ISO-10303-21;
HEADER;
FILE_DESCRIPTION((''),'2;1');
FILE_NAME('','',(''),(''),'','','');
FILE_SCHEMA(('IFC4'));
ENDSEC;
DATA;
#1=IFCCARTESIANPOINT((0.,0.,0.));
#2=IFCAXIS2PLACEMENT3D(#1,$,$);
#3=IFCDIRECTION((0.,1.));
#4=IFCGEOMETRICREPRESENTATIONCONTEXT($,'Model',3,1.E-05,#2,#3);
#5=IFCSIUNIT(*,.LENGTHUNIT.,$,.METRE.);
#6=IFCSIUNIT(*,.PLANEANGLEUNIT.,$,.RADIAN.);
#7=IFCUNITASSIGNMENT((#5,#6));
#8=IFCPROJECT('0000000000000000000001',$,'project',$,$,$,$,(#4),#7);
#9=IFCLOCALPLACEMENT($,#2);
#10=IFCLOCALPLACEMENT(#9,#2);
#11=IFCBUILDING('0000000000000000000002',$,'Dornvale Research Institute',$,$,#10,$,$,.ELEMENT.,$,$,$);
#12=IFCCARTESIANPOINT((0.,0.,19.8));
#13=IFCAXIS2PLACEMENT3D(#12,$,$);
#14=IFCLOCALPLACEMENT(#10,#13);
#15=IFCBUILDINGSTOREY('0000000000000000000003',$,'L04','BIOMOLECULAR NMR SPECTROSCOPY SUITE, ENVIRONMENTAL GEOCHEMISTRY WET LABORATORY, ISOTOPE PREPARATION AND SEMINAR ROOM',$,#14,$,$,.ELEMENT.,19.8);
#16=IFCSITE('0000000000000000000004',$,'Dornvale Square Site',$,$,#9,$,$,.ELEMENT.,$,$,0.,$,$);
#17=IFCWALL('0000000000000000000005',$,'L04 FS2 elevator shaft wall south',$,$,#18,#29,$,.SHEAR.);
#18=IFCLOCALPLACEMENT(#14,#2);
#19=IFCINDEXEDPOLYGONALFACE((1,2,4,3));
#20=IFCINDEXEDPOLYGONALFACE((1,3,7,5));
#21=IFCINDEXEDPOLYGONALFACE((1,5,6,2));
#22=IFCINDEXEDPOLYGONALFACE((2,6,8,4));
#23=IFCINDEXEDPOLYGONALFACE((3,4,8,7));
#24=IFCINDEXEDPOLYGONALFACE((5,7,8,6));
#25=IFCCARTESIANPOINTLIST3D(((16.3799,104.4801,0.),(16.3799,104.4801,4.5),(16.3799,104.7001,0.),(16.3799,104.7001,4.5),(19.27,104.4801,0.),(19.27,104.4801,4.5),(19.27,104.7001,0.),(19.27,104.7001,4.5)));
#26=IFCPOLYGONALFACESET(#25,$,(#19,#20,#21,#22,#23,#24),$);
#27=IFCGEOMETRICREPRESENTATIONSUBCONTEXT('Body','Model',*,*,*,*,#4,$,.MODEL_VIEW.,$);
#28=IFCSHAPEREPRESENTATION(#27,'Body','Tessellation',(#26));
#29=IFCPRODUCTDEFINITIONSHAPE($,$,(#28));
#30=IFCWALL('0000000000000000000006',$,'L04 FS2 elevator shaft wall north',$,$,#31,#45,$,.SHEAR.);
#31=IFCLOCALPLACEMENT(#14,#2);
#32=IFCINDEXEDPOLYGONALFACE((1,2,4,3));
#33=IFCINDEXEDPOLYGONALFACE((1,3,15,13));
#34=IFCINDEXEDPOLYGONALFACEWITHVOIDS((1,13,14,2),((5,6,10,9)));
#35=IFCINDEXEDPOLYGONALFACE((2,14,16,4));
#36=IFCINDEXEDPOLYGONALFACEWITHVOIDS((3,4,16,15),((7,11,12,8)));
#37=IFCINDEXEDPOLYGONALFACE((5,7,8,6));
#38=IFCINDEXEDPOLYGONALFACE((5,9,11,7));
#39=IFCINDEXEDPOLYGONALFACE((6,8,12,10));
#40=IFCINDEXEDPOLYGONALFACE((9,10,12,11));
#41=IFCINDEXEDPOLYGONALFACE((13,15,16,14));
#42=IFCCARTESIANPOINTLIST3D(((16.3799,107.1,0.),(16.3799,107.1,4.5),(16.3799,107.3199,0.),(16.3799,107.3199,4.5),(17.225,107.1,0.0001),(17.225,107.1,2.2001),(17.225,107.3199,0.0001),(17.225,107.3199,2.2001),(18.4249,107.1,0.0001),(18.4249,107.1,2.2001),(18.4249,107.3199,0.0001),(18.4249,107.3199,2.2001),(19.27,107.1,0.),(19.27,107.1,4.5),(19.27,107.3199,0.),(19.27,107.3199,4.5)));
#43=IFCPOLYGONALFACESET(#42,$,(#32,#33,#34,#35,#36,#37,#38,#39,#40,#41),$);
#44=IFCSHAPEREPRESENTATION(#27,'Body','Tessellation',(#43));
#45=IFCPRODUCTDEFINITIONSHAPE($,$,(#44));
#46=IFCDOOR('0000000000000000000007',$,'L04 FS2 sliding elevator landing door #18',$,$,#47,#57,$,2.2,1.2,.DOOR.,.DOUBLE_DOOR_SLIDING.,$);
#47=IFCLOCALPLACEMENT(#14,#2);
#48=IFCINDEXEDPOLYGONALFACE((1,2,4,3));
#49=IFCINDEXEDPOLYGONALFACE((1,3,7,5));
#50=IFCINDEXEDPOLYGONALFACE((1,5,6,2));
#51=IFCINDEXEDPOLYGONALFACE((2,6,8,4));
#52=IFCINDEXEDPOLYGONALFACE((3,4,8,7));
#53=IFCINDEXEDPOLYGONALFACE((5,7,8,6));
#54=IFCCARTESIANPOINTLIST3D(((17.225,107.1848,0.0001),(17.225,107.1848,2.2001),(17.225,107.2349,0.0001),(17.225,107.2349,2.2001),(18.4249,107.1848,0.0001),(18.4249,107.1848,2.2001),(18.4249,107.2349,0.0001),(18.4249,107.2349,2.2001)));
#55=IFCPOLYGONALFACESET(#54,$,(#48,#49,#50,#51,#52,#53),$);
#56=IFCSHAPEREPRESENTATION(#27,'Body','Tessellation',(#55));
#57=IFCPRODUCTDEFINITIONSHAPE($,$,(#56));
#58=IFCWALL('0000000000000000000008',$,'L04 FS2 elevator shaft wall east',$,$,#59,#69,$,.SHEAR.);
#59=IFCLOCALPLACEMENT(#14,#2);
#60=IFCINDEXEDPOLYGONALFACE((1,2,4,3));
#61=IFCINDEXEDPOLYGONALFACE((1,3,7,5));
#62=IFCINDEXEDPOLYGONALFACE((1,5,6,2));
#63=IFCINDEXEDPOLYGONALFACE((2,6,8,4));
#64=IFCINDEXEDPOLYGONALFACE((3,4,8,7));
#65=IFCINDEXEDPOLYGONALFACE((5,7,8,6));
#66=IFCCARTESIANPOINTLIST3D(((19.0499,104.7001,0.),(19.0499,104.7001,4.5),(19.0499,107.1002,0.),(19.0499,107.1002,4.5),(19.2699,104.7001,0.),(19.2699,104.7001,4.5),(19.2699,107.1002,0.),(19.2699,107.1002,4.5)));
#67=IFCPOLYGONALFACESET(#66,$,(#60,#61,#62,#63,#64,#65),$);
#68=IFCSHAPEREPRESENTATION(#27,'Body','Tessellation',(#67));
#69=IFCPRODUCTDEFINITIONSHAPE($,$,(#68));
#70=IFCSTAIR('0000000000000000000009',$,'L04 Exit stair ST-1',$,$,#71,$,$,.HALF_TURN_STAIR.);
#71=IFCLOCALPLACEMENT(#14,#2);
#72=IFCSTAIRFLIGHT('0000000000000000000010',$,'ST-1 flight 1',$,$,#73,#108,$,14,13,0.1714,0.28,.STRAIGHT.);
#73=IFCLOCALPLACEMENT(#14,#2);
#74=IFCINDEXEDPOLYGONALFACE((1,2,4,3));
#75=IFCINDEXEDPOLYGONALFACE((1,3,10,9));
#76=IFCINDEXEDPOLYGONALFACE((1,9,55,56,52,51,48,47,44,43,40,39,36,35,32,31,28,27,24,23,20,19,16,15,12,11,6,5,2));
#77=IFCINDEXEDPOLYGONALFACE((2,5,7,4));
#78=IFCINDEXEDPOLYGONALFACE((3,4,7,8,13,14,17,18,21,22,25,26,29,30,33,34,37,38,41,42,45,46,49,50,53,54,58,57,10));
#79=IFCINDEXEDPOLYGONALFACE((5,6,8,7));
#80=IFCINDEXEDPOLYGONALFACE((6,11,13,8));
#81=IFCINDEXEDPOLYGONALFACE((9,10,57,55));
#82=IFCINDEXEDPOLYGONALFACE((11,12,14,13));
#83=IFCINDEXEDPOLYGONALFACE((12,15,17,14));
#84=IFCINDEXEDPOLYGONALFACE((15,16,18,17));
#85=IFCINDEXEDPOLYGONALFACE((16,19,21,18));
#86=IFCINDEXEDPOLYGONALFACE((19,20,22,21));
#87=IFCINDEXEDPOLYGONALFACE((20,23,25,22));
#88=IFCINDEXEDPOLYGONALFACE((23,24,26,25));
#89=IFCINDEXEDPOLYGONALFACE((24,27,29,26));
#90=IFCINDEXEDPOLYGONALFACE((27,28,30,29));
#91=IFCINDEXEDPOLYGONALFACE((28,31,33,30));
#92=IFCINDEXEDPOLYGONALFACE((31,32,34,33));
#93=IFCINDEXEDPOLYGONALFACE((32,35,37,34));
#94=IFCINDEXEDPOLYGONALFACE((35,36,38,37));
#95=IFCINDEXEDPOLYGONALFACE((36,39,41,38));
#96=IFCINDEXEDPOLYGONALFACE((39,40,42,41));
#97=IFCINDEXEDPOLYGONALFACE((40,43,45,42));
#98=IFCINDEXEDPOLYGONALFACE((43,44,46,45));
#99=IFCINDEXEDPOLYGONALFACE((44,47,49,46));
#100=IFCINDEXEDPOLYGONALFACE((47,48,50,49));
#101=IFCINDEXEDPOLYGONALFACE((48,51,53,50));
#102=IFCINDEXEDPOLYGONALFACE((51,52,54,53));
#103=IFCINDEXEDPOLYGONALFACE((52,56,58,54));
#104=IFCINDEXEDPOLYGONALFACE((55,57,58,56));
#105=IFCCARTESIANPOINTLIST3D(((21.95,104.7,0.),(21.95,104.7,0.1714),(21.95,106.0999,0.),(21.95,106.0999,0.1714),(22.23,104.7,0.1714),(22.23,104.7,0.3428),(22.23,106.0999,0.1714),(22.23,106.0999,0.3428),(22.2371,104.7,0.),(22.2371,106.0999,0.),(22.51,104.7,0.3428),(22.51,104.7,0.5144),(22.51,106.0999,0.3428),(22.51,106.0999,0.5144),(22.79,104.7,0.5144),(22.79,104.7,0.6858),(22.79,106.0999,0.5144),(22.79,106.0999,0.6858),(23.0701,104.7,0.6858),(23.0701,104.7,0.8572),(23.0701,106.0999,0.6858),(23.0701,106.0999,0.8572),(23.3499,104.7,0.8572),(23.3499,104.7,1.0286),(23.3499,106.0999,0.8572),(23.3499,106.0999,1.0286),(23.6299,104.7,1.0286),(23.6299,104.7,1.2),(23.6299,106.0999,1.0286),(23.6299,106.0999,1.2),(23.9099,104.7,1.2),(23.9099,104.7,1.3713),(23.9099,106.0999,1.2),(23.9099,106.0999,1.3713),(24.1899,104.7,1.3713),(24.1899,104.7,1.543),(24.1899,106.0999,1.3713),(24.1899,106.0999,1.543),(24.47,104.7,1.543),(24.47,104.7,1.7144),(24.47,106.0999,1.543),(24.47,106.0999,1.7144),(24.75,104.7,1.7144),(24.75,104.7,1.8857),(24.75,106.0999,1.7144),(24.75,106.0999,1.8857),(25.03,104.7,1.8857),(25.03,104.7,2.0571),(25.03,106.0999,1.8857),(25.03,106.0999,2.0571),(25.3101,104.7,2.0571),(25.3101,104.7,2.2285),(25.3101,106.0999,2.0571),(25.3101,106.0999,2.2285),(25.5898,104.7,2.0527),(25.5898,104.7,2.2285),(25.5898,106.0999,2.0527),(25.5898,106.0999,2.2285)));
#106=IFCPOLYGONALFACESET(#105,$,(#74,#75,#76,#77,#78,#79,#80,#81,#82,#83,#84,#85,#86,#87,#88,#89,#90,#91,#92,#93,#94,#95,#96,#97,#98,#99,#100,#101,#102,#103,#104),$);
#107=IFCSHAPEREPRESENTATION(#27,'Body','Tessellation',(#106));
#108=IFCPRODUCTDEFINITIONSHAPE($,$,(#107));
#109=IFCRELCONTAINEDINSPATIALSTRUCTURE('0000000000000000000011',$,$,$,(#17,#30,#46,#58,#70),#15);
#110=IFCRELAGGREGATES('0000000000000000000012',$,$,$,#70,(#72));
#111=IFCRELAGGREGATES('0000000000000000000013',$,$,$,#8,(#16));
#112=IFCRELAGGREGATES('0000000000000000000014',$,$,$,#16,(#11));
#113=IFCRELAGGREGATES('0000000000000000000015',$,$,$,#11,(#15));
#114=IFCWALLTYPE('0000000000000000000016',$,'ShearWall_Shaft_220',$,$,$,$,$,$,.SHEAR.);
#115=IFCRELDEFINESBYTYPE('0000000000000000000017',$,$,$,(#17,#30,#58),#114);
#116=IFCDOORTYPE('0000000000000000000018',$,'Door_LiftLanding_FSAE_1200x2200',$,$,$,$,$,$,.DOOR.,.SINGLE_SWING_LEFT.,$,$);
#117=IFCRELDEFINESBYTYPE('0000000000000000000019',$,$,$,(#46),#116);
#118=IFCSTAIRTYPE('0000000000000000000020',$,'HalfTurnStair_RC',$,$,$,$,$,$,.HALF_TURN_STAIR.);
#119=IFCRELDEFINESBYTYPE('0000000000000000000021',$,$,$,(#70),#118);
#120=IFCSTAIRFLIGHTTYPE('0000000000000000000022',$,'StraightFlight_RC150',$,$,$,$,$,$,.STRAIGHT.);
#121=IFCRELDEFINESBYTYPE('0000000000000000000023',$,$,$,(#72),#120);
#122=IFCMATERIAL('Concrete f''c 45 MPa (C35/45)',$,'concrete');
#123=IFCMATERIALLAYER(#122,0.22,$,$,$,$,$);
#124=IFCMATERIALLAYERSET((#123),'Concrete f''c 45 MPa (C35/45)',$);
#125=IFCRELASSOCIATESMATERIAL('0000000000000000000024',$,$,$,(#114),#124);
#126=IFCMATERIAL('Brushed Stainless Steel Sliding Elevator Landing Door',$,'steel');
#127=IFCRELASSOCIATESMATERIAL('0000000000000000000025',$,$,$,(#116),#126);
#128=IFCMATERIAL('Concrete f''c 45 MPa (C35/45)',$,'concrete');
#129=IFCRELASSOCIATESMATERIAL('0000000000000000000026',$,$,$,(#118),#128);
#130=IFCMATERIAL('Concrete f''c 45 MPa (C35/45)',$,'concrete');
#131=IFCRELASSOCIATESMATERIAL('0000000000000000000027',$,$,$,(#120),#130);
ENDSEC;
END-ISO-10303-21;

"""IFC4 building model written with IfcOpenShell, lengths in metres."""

from ifc_helpers import new_model, si_unit, direction, frame, frame_2d, origin, place, context, subcontext, project, spatial, polyline, rectangle, outline, extrude, material, layer, layer_set, type_object, element, fill, aggregate, save


model = new_model("IFC4")

# Units and contexts
model_context = context("Model", 3, precision=1e-05, world=origin(), true_north=direction((0.0, 1.0)))
body_context = subcontext(model_context, "Body", "Model", "MODEL_VIEW")
ifc_project = project(units=[si_unit("LENGTHUNIT", "METRE"), si_unit("PLANEANGLEUNIT", "RADIAN")], contexts=[model_context])

# Site, building, storey
site_placement = place(None, origin())
site = spatial("IfcSite", under=ifc_project, at=site_placement, Name="Dornvale Square Site", CompositionType="ELEMENT", RefElevation=0.0)
building_placement = place(site_placement, origin())
building = spatial("IfcBuilding", under=site, at=building_placement, Name="Dornvale Research Institute", CompositionType="ELEMENT")
storey_placement = place(building_placement, frame((0.0, 0.0, 19.8)))
storey = spatial("IfcBuildingStorey", under=building, at=storey_placement, Name="L04", Description="BIOMOLECULAR NMR SPECTROSCOPY SUITE, ENVIRONMENTAL GEOCHEMISTRY WET LABORATORY, ISOTOPE PREPARATION AND SEMINAR ROOM", CompositionType="ELEMENT", Elevation=19.8)

# Shared definitions
ifc_material_1 = material(Name="Concrete f'c 45 MPa (C35/45)", Category="concrete")
ifc_layer_1 = layer(ifc_material_1, 0.22)
ifc_layer_set_1 = layer_set([ifc_layer_1], Name="Concrete f'c 45 MPa (C35/45)")
wall_type_1 = type_object("IfcWallType", Name="ShearWall_Shaft_220", PredefinedType="SHEAR", material=ifc_layer_set_1)

# Shared definitions
ifc_material_2 = material(Name="Brushed Stainless Steel Sliding Elevator Landing Door", Category="steel")
door_type_1 = type_object("IfcDoorType", Name="Door_LiftLanding_FSAE_1200x2200", OperationType="SINGLE_SWING_LEFT", PredefinedType="DOOR", material=ifc_material_2)

# Wall
wall_1_placement = place(storey_placement, frame((16.3799, 104.5901, 0.0), z_axis=(0.0, 0.0, 1.0), x_axis=(1.0, 0.0, 0.0)))
element("IfcWall", 1, at=wall_1_placement, inside=storey, type_object=wall_type_1, Name="L04 FS2 elevator shaft wall south", PredefinedType="SHEAR", context=body_context, shape_type="SweptSolid", body=[
    extrude(rectangle(XDim=2.8901, YDim=0.22, at=frame_2d((1.4451, 0.0))), origin(), (0.0, 0.0, 1.0), 4.5),
])

# Wall, opening, door
wall_2_placement = place(storey_placement, frame((16.3799, 107.21, 0.0), z_axis=(0.0, 0.0, 1.0), x_axis=(1.0, 0.0, 0.0)))
wall_2 = element("IfcWall", 2, at=wall_2_placement, inside=storey, type_object=wall_type_1, Name="L04 FS2 elevator shaft wall north", PredefinedType="SHEAR", context=body_context, shape_type="SweptSolid", body=[
    extrude(rectangle(XDim=2.8901, YDim=0.22, at=frame_2d((1.4451, 0.0))), origin(), (0.0, 0.0, 1.0), 4.5),
])
opening_1_placement = place(wall_2_placement, frame((0.845, 0.0, 0.0)))
opening_1 = element("IfcOpeningElement", 3, at=opening_1_placement, cuts=wall_2, PredefinedType="OPENING", context=body_context, shape_type="SweptSolid", body=[
    extrude(rectangle(XDim=1.2, YDim=2.2, at=frame_2d((0.6001, 1.1001))), frame((0.0, 0.125, 0.0), z_axis=(0.0, -1.0, 0.0), x_axis=(1.0, 0.0, 0.0)), (0.0, 0.0, 1.0), 0.25),
])
door_1_placement = place(opening_1_placement, origin())
door_1 = element("IfcDoor", 4, at=door_1_placement, inside=storey, type_object=door_type_1, Name="L04 FS2 sliding elevator landing door #18", OperationType="DOUBLE_DOOR_SLIDING", OverallHeight=2.2, OverallWidth=1.2, PredefinedType="DOOR", context=body_context, shape_type="SweptSolid", body=[
    extrude(rectangle(XDim=1.2, YDim=2.2, at=frame_2d((0.6001, 1.1001))), frame((0.0, 0.0249, 0.0), z_axis=(0.0, -1.0, 0.0), x_axis=(1.0, 0.0, 0.0)), (0.0, 0.0, 1.0), 0.05),
])
fill(opening_1, door_1)

# Wall
wall_3_placement = place(storey_placement, frame((19.1599, 104.7, 0.0), z_axis=(0.0, 0.0, 1.0), x_axis=(0.0, 1.0, 0.0)))
element("IfcWall", 5, at=wall_3_placement, inside=storey, type_object=wall_type_1, Name="L04 FS2 elevator shaft wall east", PredefinedType="SHEAR", context=body_context, shape_type="SweptSolid", body=[
    extrude(rectangle(XDim=2.4001, YDim=0.22, at=frame_2d((1.2002, 0.0))), origin(), (0.0, 0.0, 1.0), 4.5),
])

# Stair, stair flight
ifc_material_3 = material(Name="Concrete f'c 45 MPa (C35/45)", Category="concrete")
stair_type = type_object("IfcStairType", Name="HalfTurnStair_RC", PredefinedType="HALF_TURN_STAIR", material=ifc_material_3)
stair_placement = place(storey_placement, origin())
stair = element("IfcStair", 6, at=stair_placement, inside=storey, type_object=stair_type, Name="L04 Exit stair ST-1", PredefinedType="HALF_TURN_STAIR")
ifc_material_4 = material(Name="Concrete f'c 45 MPa (C35/45)", Category="concrete")
stair_flight_type = type_object("IfcStairFlightType", Name="StraightFlight_RC150", PredefinedType="STRAIGHT", material=ifc_material_4)
stair_flight_placement = place(storey_placement, frame((21.95, 105.3999, 0.0), z_axis=(0.0, 0.0, 1.0), x_axis=(1.0, 0.0, 0.0)))
stair_flight = element("IfcStairFlight", 7, at=stair_flight_placement, type_object=stair_flight_type, Name="ST-1 flight 1", NumberOfRisers=14, NumberOfTreads=13, PredefinedType="STRAIGHT", RiserHeight=0.1714, TreadLength=0.28, context=body_context, shape_type="SweptSolid", body=[
    extrude(outline(polyline([(0.0, 0.0), (0.0, 0.1714), (0.28, 0.1714), (0.28, 0.3428), (0.5601, 0.3428), (0.5601, 0.5144), (0.8401, 0.5144), (0.8401, 0.6858), (1.1201, 0.6858), (1.1201, 0.8572), (1.3999, 0.8572), (1.3999, 1.0286), (1.6799, 1.0286), (1.6799, 1.2), (1.96, 1.2), (1.96, 1.3713), (2.24, 1.3713), (2.24, 1.543), (2.52, 1.543), (2.52, 1.7144), (2.8, 1.7144), (2.8, 1.8857), (3.0801, 1.8857), (3.0801, 2.0571), (3.3601, 2.0571), (3.3601, 2.2285), (3.6399, 2.2285), (3.6399, 2.3999), (3.6399, 2.0527), (0.2871, 0.0), (0.0, 0.0)])), frame((0.0, 0.7, 0.0), z_axis=(0.0, -1.0, 0.0), x_axis=(1.0, 0.0, 0.0)), (0.0, 0.0, 1.0), 1.3999),
])
aggregate(stair, [stair_flight])

save(model, "model.ifc")
